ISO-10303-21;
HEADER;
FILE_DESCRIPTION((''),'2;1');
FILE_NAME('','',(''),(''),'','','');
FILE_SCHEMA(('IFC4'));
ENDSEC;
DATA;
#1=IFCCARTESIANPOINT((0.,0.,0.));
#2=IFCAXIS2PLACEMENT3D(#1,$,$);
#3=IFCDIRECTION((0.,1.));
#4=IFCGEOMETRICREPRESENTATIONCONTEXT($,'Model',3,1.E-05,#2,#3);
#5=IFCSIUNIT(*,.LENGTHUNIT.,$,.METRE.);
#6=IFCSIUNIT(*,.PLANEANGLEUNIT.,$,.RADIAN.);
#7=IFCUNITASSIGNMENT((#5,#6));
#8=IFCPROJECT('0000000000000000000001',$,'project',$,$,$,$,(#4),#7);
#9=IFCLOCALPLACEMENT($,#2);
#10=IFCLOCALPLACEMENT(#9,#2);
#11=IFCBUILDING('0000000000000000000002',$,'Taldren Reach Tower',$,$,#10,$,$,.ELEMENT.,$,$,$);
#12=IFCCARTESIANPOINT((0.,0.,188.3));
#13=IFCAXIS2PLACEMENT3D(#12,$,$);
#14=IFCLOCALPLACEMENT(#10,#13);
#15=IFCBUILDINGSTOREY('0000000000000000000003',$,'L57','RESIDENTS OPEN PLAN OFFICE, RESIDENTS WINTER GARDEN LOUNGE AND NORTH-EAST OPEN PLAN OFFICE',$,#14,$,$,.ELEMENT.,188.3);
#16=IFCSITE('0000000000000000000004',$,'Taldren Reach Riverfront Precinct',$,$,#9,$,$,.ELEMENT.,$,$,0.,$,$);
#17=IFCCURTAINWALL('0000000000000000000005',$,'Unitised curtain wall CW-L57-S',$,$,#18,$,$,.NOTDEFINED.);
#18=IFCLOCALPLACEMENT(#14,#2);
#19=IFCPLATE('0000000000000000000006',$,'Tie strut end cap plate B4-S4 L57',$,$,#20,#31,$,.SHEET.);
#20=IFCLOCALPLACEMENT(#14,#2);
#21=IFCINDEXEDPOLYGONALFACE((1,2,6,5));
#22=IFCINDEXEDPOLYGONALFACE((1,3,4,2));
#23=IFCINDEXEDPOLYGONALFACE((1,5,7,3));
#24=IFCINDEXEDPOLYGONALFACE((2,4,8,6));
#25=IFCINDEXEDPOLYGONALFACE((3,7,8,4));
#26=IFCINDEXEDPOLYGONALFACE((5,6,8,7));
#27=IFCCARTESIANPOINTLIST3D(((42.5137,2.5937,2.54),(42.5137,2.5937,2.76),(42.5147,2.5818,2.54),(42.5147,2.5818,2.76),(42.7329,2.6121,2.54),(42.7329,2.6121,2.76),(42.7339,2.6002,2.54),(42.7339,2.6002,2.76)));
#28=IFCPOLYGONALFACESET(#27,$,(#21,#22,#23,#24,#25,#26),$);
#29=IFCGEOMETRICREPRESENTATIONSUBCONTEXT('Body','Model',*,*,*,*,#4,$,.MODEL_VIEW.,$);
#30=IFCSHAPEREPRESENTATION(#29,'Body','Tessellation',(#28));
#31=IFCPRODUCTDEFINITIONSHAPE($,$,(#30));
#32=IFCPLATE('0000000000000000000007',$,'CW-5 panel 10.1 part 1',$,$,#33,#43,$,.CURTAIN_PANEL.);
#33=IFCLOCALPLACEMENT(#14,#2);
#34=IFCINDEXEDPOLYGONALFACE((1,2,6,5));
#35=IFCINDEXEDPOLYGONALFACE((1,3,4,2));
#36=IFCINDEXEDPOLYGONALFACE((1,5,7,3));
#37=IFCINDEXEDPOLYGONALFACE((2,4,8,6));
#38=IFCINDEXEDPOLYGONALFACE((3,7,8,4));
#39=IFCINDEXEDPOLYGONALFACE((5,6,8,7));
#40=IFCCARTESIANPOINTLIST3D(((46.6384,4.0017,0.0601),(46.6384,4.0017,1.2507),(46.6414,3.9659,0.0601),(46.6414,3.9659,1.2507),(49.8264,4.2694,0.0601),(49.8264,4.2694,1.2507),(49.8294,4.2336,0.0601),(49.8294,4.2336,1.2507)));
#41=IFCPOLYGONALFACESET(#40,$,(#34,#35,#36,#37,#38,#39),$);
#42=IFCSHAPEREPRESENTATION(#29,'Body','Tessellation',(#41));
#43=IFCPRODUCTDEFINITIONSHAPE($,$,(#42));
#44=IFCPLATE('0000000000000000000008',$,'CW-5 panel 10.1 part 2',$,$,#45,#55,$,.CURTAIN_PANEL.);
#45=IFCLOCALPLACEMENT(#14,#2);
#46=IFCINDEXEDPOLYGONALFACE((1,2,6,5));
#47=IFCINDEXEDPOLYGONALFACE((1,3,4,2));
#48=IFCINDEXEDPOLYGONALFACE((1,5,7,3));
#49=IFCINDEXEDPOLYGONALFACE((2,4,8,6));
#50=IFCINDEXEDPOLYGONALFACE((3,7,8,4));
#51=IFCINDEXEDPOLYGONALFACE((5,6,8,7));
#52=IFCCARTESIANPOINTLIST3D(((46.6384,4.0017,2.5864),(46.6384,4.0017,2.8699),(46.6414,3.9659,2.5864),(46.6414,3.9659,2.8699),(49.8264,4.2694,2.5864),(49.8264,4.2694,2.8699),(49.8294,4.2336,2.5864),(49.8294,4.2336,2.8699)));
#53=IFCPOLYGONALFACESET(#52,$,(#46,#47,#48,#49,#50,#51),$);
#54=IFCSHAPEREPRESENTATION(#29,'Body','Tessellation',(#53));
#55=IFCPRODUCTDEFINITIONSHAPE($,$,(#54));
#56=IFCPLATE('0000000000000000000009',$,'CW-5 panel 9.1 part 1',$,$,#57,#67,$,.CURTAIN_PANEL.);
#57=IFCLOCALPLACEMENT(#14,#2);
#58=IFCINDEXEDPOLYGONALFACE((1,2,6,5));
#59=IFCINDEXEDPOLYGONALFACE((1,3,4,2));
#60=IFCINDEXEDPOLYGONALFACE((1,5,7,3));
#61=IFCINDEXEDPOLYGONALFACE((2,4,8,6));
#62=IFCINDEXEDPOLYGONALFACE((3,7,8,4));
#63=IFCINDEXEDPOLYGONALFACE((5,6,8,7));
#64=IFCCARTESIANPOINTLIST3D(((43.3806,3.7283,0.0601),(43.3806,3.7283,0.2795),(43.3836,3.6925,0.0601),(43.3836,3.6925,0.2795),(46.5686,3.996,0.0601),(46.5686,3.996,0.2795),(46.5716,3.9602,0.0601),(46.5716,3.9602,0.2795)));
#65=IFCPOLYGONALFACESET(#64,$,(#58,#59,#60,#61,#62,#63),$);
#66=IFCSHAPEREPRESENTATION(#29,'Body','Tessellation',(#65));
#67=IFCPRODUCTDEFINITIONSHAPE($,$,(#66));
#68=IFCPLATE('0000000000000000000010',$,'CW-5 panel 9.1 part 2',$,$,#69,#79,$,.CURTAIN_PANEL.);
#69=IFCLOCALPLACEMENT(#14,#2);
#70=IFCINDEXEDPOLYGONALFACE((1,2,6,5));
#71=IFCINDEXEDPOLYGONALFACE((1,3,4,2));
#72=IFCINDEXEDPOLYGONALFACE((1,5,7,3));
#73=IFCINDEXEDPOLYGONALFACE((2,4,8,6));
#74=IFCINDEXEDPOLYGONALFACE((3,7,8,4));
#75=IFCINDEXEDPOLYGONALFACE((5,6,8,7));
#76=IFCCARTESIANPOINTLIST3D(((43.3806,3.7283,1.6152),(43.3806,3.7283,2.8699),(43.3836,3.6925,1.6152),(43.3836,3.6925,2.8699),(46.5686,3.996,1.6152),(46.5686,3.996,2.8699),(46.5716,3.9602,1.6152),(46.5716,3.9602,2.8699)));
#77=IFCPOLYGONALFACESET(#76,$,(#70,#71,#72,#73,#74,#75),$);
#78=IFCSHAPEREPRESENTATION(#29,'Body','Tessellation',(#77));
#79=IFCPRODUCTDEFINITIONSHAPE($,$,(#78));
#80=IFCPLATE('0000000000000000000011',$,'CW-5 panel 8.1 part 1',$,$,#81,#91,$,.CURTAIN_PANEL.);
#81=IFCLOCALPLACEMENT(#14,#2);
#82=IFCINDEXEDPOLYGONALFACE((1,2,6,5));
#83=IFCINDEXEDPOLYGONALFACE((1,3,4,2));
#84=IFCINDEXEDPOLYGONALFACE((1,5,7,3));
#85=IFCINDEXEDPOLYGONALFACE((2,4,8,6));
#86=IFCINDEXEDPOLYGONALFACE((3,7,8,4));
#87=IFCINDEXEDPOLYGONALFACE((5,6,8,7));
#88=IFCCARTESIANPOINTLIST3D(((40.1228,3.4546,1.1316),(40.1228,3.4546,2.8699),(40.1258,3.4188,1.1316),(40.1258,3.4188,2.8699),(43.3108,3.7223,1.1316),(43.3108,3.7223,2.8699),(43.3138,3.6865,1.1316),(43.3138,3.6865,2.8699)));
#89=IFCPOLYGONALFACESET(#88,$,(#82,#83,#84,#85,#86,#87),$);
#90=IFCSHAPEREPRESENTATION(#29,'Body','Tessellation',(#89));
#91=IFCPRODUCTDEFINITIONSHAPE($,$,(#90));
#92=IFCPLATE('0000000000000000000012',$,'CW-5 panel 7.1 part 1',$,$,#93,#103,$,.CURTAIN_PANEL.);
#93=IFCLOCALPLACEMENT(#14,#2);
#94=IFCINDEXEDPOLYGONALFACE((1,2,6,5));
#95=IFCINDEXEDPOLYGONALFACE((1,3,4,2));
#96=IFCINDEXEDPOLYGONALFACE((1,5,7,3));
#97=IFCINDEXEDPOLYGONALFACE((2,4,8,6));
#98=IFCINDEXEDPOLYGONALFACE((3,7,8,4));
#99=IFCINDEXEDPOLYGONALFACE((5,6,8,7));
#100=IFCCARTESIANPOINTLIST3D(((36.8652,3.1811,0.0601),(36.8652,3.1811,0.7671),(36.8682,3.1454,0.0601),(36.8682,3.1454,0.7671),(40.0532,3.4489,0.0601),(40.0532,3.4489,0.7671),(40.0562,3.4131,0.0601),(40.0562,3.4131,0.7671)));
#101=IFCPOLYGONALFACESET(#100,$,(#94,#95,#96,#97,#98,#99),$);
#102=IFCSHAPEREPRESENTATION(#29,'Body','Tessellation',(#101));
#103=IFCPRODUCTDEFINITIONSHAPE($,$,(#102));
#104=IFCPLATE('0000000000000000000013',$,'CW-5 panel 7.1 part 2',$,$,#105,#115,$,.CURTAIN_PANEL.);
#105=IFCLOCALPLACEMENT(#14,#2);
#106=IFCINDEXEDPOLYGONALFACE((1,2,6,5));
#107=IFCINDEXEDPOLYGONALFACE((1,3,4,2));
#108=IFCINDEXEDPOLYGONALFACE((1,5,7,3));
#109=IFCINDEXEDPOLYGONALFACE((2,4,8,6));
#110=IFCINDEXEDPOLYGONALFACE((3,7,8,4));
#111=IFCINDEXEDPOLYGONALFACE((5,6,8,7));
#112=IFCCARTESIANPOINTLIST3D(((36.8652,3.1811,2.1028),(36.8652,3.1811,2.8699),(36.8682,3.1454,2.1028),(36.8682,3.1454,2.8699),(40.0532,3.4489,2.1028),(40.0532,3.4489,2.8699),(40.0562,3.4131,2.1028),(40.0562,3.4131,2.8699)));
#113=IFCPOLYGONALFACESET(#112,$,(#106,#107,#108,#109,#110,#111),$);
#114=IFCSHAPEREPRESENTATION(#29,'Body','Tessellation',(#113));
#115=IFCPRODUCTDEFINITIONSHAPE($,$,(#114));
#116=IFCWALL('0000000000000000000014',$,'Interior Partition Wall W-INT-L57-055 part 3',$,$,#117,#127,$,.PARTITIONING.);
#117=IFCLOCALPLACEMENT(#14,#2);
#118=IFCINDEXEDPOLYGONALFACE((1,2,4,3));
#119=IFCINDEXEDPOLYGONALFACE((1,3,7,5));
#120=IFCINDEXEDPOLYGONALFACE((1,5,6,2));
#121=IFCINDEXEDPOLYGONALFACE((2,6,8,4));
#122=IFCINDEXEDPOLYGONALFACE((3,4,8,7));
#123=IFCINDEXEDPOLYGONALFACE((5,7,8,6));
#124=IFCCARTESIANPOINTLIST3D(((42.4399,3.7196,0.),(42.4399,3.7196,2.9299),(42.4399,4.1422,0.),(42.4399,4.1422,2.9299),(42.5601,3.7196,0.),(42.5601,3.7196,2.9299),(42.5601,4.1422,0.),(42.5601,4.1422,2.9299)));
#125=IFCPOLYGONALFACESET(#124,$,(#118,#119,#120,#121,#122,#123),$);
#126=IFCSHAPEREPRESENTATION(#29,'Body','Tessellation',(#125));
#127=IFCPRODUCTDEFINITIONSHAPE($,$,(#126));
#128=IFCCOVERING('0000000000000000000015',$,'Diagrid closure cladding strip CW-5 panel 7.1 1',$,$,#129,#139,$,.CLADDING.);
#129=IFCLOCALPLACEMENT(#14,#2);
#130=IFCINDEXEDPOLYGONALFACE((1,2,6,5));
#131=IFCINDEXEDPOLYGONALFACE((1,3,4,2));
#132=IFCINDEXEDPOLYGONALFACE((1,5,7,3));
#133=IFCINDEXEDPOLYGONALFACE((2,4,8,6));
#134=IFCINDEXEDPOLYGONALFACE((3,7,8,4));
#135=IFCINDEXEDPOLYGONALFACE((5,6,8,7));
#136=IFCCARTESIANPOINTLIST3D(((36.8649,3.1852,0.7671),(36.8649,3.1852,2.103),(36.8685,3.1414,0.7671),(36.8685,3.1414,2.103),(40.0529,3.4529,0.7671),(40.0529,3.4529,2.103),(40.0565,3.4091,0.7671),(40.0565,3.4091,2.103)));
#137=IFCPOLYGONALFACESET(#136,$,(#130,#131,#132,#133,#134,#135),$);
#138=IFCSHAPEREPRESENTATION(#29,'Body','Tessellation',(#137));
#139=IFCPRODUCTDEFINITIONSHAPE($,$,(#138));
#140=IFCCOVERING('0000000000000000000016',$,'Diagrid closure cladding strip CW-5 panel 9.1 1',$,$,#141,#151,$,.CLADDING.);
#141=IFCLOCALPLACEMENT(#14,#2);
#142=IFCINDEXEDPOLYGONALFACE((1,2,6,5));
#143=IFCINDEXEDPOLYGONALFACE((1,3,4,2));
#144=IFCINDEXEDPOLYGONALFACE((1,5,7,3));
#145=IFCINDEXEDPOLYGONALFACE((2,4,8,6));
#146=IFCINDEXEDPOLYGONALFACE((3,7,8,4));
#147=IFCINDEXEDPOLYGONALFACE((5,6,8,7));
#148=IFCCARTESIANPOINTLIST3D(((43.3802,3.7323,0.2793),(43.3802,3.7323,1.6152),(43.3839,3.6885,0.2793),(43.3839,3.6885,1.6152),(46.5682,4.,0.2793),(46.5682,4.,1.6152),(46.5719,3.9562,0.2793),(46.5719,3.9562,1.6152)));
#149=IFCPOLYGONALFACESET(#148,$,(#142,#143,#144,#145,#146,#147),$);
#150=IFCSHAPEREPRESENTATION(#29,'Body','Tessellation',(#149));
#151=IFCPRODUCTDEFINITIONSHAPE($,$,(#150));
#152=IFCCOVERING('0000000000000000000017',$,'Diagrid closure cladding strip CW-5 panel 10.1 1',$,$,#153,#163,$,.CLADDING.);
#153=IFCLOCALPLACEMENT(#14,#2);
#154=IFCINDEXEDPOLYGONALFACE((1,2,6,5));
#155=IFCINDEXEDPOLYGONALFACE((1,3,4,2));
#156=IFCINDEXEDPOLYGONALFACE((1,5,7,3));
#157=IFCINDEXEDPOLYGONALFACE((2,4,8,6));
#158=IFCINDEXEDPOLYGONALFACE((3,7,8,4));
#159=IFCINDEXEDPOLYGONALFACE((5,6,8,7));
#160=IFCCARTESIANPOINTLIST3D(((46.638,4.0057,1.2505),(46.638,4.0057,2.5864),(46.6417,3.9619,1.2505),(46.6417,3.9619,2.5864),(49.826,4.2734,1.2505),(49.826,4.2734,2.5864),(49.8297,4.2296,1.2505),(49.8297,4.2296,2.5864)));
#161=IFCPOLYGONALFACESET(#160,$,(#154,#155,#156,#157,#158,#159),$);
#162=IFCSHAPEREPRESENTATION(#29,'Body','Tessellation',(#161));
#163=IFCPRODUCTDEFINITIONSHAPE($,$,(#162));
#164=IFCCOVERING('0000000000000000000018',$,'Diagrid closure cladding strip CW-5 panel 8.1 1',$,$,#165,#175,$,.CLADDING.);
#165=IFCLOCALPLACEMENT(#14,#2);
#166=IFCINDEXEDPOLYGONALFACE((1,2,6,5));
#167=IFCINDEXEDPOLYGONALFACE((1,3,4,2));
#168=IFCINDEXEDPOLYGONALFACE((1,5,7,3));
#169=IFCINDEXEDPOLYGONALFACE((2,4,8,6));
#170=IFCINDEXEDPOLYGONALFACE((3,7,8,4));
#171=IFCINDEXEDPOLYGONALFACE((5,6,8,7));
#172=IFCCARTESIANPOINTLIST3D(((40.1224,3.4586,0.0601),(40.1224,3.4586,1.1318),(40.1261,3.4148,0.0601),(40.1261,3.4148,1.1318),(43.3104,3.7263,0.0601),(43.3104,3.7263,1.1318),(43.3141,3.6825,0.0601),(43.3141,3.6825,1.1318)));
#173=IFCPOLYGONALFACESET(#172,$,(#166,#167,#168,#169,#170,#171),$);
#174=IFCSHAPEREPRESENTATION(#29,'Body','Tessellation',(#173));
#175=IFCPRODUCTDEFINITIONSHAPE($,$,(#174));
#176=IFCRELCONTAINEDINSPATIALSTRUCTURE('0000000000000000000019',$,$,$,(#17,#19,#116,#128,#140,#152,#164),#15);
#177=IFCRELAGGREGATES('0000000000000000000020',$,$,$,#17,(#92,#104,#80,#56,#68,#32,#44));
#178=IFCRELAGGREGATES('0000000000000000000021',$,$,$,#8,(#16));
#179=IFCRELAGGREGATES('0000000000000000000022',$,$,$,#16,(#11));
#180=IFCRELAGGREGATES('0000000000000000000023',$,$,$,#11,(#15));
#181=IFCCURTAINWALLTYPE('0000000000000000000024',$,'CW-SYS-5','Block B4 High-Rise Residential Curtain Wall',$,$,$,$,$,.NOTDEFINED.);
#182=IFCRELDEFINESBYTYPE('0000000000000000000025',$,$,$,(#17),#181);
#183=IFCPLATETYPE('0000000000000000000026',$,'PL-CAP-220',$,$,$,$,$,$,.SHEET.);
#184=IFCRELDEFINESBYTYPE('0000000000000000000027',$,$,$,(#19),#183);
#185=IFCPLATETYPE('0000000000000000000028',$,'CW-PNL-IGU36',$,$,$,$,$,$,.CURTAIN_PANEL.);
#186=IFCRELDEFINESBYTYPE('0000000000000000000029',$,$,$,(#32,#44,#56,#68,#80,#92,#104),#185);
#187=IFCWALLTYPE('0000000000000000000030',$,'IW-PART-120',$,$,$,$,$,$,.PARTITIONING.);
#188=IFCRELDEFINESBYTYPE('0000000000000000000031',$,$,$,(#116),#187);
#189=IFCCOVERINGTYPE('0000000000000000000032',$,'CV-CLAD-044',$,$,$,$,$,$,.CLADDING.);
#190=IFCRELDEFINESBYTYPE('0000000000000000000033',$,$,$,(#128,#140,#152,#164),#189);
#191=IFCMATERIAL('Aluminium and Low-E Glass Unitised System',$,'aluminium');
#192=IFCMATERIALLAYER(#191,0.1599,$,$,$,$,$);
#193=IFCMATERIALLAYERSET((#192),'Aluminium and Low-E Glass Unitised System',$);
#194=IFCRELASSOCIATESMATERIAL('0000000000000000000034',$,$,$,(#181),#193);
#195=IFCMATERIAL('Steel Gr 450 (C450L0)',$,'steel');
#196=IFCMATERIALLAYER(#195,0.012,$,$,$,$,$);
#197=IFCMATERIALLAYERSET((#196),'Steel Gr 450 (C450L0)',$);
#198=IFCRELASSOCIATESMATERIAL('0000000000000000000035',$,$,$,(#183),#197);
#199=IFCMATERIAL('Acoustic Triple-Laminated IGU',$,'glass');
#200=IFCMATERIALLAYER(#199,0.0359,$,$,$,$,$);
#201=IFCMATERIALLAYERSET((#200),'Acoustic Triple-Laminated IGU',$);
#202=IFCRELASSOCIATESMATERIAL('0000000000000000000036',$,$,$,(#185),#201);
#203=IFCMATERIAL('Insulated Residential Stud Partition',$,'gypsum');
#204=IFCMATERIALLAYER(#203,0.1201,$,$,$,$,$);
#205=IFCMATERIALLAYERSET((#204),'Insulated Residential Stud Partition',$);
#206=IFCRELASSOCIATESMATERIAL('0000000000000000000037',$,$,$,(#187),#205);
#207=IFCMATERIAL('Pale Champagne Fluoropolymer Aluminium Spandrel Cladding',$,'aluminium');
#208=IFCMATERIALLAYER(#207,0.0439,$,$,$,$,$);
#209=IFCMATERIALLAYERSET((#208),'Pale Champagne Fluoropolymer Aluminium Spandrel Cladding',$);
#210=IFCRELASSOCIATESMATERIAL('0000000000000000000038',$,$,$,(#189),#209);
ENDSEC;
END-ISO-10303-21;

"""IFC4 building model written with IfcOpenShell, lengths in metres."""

from ifc_helpers import new_model, si_unit, direction, frame, frame_2d, origin, origin_2d, place, context, subcontext, project, spatial, rectangle, extrude, source, transform, mapped, material, layer, layer_set, type_object, element, aggregate, save


model = new_model("IFC4")

# Units and contexts
model_context = context("Model", 3, precision=1e-05, world=origin(), true_north=direction((0.0, 1.0)))
body_context = subcontext(model_context, "Body", "Model", "MODEL_VIEW")
ifc_project = project(units=[si_unit("LENGTHUNIT", "METRE"), si_unit("PLANEANGLEUNIT", "RADIAN")], contexts=[model_context])

# Site, building, storey
site_placement = place(None, origin())
site = spatial("IfcSite", under=ifc_project, at=site_placement, Name="Taldren Reach Riverfront Precinct", CompositionType="ELEMENT", RefElevation=0.0)
building_placement = place(site_placement, origin())
building = spatial("IfcBuilding", under=site, at=building_placement, Name="Taldren Reach Tower", CompositionType="ELEMENT")
storey_placement = place(building_placement, frame((0.0, 0.0, 188.3)))
storey = spatial("IfcBuildingStorey", under=building, at=storey_placement, Name="L57", Description="RESIDENTS OPEN PLAN OFFICE, RESIDENTS WINTER GARDEN LOUNGE AND NORTH-EAST OPEN PLAN OFFICE", CompositionType="ELEMENT", Elevation=188.3)

# Shared definitions
ifc_material_1 = material(Name="Steel Gr 450 (C450L0)", Category="steel")

# Curtain wall
ifc_material_2 = material(Name="Aluminium and Low-E Glass Unitised System", Category="aluminium")
ifc_layer_1 = layer(ifc_material_2, 0.1599)
ifc_layer_set_1 = layer_set([ifc_layer_1], Name="Aluminium and Low-E Glass Unitised System")
curtain_wall_type = type_object("IfcCurtainWallType", Name="CW-SYS-5", Description="Block B4 High-Rise Residential Curtain Wall", PredefinedType="NOTDEFINED", material=ifc_layer_set_1)
curtain_wall_placement = place(storey_placement, origin())
curtain_wall = element("IfcCurtainWall", 1, at=curtain_wall_placement, inside=storey, type_object=curtain_wall_type, Name="Unitised curtain wall CW-L57-S", PredefinedType="NOTDEFINED")

# Plate
ifc_layer_2 = layer(ifc_material_1, 0.012)
ifc_layer_set_2 = layer_set([ifc_layer_2], Name="Steel Gr 450 (C450L0)")
plate_type_1 = type_object("IfcPlateType", Name="PL-CAP-220", PredefinedType="SHEET", material=ifc_layer_set_2)
shared_shape_1 = source(origin(), body_context, "Body", "SweptSolid", [
    extrude(rectangle(XDim=0.22, YDim=0.012, at=origin_2d()), origin(), (0.0, 0.0, 1.0), 0.22),
])
plate_1_placement = place(storey_placement, frame((42.6238, 2.5969, 2.54), z_axis=(0.0, 0.0, 1.0), x_axis=(0.996493, 0.083678, 0.0)))
element("IfcPlate", 2, at=plate_1_placement, inside=storey, type_object=plate_type_1, Name="Tie strut end cap plate B4-S4 L57", PredefinedType="SHEET", context=body_context, shape_type="MappedRepresentation", body=[
    mapped(shared_shape_1, transform((0.0, 0.0, 0.0), scale=1.0)),
])

# Plates
ifc_material_3 = material(Name="Acoustic Triple-Laminated IGU", Category="glass")
ifc_layer_3 = layer(ifc_material_3, 0.0359)
ifc_layer_set_3 = layer_set([ifc_layer_3], Name="Acoustic Triple-Laminated IGU")
plate_type_2 = type_object("IfcPlateType", Name="CW-PNL-IGU36", PredefinedType="CURTAIN_PANEL", material=ifc_layer_set_3)
shared_shape_2 = source(origin(), body_context, "Body", "SweptSolid", [
    extrude(rectangle(XDim=3.1992, YDim=0.0359, at=origin_2d()), origin(), (0.0, 0.0, 1.0), 1.1907),
])
plate_2_placement = place(storey_placement, frame((48.2339, 4.1177, 0.0601), z_axis=(0.0, 0.0, 1.0), x_axis=(0.996493, 0.083678, 0.0)))
plate_2 = element("IfcPlate", 3, at=plate_2_placement, type_object=plate_type_2, Name="CW-5 panel 10.1 part 1", PredefinedType="CURTAIN_PANEL", context=body_context, shape_type="MappedRepresentation", body=[
    mapped(shared_shape_2, transform((0.0, 0.0, 0.0), scale=1.0)),
])
shared_shape_3 = source(origin(), body_context, "Body", "SweptSolid", [
    extrude(rectangle(XDim=3.1992, YDim=0.0359, at=origin_2d()), origin(), (0.0, 0.0, 1.0), 0.2834),
])
plate_3_placement = place(storey_placement, frame((48.2339, 4.1177, 2.5864), z_axis=(0.0, 0.0, 1.0), x_axis=(0.996493, 0.083678, 0.0)))
plate_3 = element("IfcPlate", 4, at=plate_3_placement, type_object=plate_type_2, Name="CW-5 panel 10.1 part 2", PredefinedType="CURTAIN_PANEL", context=body_context, shape_type="MappedRepresentation", body=[
    mapped(shared_shape_3, transform((0.0, 0.0, 0.0), scale=1.0)),
])
shared_shape_4 = source(origin(), body_context, "Body", "SweptSolid", [
    extrude(rectangle(XDim=3.1992, YDim=0.0359, at=origin_2d()), origin(), (0.0, 0.0, 1.0), 0.2195),
])
plate_4_placement = place(storey_placement, frame((44.9761, 3.8442, 0.0601), z_axis=(0.0, 0.0, 1.0), x_axis=(0.996493, 0.083678, 0.0)))
plate_4 = element("IfcPlate", 5, at=plate_4_placement, type_object=plate_type_2, Name="CW-5 panel 9.1 part 1", PredefinedType="CURTAIN_PANEL", context=body_context, shape_type="MappedRepresentation", body=[
    mapped(shared_shape_4, transform((0.0, 0.0, 0.0), scale=1.0)),
])
shared_shape_5 = source(origin(), body_context, "Body", "SweptSolid", [
    extrude(rectangle(XDim=3.1992, YDim=0.0359, at=origin_2d()), origin(), (0.0, 0.0, 1.0), 1.2546),
])
plate_5_placement = place(storey_placement, frame((44.9761, 3.8442, 1.6152), z_axis=(0.0, 0.0, 1.0), x_axis=(0.996493, 0.083678, 0.0)))
plate_5 = element("IfcPlate", 6, at=plate_5_placement, type_object=plate_type_2, Name="CW-5 panel 9.1 part 2", PredefinedType="CURTAIN_PANEL", context=body_context, shape_type="MappedRepresentation", body=[
    mapped(shared_shape_5, transform((0.0, 0.0, 0.0), scale=1.0)),
])
shared_shape_6 = source(origin(), body_context, "Body", "SweptSolid", [
    extrude(rectangle(XDim=3.1992, YDim=0.0359, at=origin_2d()), origin(), (0.0, 0.0, 1.0), 1.7383),
])
plate_6_placement = place(storey_placement, frame((41.7183, 3.5706, 1.1316), z_axis=(0.0, 0.0, 1.0), x_axis=(0.996493, 0.083678, 0.0)))
plate_6 = element("IfcPlate", 7, at=plate_6_placement, type_object=plate_type_2, Name="CW-5 panel 8.1 part 1", PredefinedType="CURTAIN_PANEL", context=body_context, shape_type="MappedRepresentation", body=[
    mapped(shared_shape_6, transform((0.0, 0.0, 0.0), scale=1.0)),
])
shared_shape_7 = source(origin(), body_context, "Body", "SweptSolid", [
    extrude(rectangle(XDim=3.1992, YDim=0.0359, at=origin_2d()), origin(), (0.0, 0.0, 1.0), 0.707),
])
plate_7_placement = place(storey_placement, frame((38.4607, 3.2971, 0.0601), z_axis=(0.0, 0.0, 1.0), x_axis=(0.996493, 0.083678, 0.0)))
plate_7 = element("IfcPlate", 8, at=plate_7_placement, type_object=plate_type_2, Name="CW-5 panel 7.1 part 1", PredefinedType="CURTAIN_PANEL", context=body_context, shape_type="MappedRepresentation", body=[
    mapped(shared_shape_7, transform((0.0, 0.0, 0.0), scale=1.0)),
])
shared_shape_8 = source(origin(), body_context, "Body", "SweptSolid", [
    extrude(rectangle(XDim=3.1992, YDim=0.0359, at=origin_2d()), origin(), (0.0, 0.0, 1.0), 0.7671),
])
plate_8_placement = place(storey_placement, frame((38.4607, 3.2971, 2.1028), z_axis=(0.0, 0.0, 1.0), x_axis=(0.996493, 0.083678, 0.0)))
plate_8 = element("IfcPlate", 9, at=plate_8_placement, type_object=plate_type_2, Name="CW-5 panel 7.1 part 2", PredefinedType="CURTAIN_PANEL", context=body_context, shape_type="MappedRepresentation", body=[
    mapped(shared_shape_8, transform((0.0, 0.0, 0.0), scale=1.0)),
])
aggregate(curtain_wall, [plate_7, plate_8, plate_6, plate_4, plate_5, plate_2, plate_3])

# Wall
ifc_material_4 = material(Name="Insulated Residential Stud Partition", Category="gypsum")
ifc_layer_4 = layer(ifc_material_4, 0.1201)
ifc_layer_set_4 = layer_set([ifc_layer_4], Name="Insulated Residential Stud Partition")
wall_type = type_object("IfcWallType", Name="IW-PART-120", PredefinedType="PARTITIONING", material=ifc_layer_set_4)
shared_shape_9 = source(origin(), body_context, "Body", "SweptSolid", [
    extrude(rectangle(XDim=0.4226, YDim=0.1201, at=frame_2d((0.2114, 0.0))), origin(), (0.0, 0.0, 1.0), 2.9299),
])
wall_placement = place(storey_placement, frame((42.5, 4.1423, 0.0), z_axis=(0.0, 0.0, 1.0), x_axis=(0.0, -1.0, 0.0)))
element("IfcWall", 10, at=wall_placement, inside=storey, type_object=wall_type, Name="Interior Partition Wall W-INT-L57-055 part 3", PredefinedType="PARTITIONING", context=body_context, shape_type="MappedRepresentation", body=[
    mapped(shared_shape_9, transform((0.0, 0.0, 0.0), scale=1.0)),
])

# Coverings
ifc_material_5 = material(Name="Pale Champagne Fluoropolymer Aluminium Spandrel Cladding", Category="aluminium")
ifc_layer_5 = layer(ifc_material_5, 0.0439)
ifc_layer_set_5 = layer_set([ifc_layer_5], Name="Pale Champagne Fluoropolymer Aluminium Spandrel Cladding")
covering_type = type_object("IfcCoveringType", Name="CV-CLAD-044", PredefinedType="CLADDING", material=ifc_layer_set_5)
shared_shape_10 = source(origin(), body_context, "Body", "SweptSolid", [
    extrude(rectangle(XDim=3.1992, YDim=0.0439, at=origin_2d()), origin(), (0.0, 0.0, 1.0), 1.3359),
])
for number, where, z_axis, x_axis, name in (
    (11, (38.4607, 3.2971, 0.7671), (0.0, 0.0, 1.0), (0.996493, 0.083678, 0.0), "Diagrid closure cladding strip CW-5 panel 7.1 1"),
    (12, (44.9761, 3.8442, 0.2793), (0.0, 0.0, 1.0), (0.996493, 0.083678, 0.0), "Diagrid closure cladding strip CW-5 panel 9.1 1"),
    (13, (48.2339, 4.1177, 1.2505), (0.0, 0.0, 1.0), (0.996493, 0.083678, 0.0), "Diagrid closure cladding strip CW-5 panel 10.1 1"),
):
    element("IfcCovering", number, at=place(storey_placement, frame(where, z_axis=z_axis, x_axis=x_axis)), inside=storey, type_object=covering_type, Name=name, PredefinedType="CLADDING", context=body_context, shape_type="MappedRepresentation", body=[
        mapped(shared_shape_10, transform((0.0, 0.0, 0.0), scale=1.0)),
    ])
shared_shape_11 = source(origin(), body_context, "Body", "SweptSolid", [
    extrude(rectangle(XDim=3.1992, YDim=0.0439, at=origin_2d()), origin(), (0.0, 0.0, 1.0), 1.0718),
])
covering_placement = place(storey_placement, frame((41.7183, 3.5706, 0.0601), z_axis=(0.0, 0.0, 1.0), x_axis=(0.996493, 0.083678, 0.0)))
element("IfcCovering", 14, at=covering_placement, inside=storey, type_object=covering_type, Name="Diagrid closure cladding strip CW-5 panel 8.1 1", PredefinedType="CLADDING", context=body_context, shape_type="MappedRepresentation", body=[
    mapped(shared_shape_11, transform((0.0, 0.0, 0.0), scale=1.0)),
])

save(model, "model.ifc")
